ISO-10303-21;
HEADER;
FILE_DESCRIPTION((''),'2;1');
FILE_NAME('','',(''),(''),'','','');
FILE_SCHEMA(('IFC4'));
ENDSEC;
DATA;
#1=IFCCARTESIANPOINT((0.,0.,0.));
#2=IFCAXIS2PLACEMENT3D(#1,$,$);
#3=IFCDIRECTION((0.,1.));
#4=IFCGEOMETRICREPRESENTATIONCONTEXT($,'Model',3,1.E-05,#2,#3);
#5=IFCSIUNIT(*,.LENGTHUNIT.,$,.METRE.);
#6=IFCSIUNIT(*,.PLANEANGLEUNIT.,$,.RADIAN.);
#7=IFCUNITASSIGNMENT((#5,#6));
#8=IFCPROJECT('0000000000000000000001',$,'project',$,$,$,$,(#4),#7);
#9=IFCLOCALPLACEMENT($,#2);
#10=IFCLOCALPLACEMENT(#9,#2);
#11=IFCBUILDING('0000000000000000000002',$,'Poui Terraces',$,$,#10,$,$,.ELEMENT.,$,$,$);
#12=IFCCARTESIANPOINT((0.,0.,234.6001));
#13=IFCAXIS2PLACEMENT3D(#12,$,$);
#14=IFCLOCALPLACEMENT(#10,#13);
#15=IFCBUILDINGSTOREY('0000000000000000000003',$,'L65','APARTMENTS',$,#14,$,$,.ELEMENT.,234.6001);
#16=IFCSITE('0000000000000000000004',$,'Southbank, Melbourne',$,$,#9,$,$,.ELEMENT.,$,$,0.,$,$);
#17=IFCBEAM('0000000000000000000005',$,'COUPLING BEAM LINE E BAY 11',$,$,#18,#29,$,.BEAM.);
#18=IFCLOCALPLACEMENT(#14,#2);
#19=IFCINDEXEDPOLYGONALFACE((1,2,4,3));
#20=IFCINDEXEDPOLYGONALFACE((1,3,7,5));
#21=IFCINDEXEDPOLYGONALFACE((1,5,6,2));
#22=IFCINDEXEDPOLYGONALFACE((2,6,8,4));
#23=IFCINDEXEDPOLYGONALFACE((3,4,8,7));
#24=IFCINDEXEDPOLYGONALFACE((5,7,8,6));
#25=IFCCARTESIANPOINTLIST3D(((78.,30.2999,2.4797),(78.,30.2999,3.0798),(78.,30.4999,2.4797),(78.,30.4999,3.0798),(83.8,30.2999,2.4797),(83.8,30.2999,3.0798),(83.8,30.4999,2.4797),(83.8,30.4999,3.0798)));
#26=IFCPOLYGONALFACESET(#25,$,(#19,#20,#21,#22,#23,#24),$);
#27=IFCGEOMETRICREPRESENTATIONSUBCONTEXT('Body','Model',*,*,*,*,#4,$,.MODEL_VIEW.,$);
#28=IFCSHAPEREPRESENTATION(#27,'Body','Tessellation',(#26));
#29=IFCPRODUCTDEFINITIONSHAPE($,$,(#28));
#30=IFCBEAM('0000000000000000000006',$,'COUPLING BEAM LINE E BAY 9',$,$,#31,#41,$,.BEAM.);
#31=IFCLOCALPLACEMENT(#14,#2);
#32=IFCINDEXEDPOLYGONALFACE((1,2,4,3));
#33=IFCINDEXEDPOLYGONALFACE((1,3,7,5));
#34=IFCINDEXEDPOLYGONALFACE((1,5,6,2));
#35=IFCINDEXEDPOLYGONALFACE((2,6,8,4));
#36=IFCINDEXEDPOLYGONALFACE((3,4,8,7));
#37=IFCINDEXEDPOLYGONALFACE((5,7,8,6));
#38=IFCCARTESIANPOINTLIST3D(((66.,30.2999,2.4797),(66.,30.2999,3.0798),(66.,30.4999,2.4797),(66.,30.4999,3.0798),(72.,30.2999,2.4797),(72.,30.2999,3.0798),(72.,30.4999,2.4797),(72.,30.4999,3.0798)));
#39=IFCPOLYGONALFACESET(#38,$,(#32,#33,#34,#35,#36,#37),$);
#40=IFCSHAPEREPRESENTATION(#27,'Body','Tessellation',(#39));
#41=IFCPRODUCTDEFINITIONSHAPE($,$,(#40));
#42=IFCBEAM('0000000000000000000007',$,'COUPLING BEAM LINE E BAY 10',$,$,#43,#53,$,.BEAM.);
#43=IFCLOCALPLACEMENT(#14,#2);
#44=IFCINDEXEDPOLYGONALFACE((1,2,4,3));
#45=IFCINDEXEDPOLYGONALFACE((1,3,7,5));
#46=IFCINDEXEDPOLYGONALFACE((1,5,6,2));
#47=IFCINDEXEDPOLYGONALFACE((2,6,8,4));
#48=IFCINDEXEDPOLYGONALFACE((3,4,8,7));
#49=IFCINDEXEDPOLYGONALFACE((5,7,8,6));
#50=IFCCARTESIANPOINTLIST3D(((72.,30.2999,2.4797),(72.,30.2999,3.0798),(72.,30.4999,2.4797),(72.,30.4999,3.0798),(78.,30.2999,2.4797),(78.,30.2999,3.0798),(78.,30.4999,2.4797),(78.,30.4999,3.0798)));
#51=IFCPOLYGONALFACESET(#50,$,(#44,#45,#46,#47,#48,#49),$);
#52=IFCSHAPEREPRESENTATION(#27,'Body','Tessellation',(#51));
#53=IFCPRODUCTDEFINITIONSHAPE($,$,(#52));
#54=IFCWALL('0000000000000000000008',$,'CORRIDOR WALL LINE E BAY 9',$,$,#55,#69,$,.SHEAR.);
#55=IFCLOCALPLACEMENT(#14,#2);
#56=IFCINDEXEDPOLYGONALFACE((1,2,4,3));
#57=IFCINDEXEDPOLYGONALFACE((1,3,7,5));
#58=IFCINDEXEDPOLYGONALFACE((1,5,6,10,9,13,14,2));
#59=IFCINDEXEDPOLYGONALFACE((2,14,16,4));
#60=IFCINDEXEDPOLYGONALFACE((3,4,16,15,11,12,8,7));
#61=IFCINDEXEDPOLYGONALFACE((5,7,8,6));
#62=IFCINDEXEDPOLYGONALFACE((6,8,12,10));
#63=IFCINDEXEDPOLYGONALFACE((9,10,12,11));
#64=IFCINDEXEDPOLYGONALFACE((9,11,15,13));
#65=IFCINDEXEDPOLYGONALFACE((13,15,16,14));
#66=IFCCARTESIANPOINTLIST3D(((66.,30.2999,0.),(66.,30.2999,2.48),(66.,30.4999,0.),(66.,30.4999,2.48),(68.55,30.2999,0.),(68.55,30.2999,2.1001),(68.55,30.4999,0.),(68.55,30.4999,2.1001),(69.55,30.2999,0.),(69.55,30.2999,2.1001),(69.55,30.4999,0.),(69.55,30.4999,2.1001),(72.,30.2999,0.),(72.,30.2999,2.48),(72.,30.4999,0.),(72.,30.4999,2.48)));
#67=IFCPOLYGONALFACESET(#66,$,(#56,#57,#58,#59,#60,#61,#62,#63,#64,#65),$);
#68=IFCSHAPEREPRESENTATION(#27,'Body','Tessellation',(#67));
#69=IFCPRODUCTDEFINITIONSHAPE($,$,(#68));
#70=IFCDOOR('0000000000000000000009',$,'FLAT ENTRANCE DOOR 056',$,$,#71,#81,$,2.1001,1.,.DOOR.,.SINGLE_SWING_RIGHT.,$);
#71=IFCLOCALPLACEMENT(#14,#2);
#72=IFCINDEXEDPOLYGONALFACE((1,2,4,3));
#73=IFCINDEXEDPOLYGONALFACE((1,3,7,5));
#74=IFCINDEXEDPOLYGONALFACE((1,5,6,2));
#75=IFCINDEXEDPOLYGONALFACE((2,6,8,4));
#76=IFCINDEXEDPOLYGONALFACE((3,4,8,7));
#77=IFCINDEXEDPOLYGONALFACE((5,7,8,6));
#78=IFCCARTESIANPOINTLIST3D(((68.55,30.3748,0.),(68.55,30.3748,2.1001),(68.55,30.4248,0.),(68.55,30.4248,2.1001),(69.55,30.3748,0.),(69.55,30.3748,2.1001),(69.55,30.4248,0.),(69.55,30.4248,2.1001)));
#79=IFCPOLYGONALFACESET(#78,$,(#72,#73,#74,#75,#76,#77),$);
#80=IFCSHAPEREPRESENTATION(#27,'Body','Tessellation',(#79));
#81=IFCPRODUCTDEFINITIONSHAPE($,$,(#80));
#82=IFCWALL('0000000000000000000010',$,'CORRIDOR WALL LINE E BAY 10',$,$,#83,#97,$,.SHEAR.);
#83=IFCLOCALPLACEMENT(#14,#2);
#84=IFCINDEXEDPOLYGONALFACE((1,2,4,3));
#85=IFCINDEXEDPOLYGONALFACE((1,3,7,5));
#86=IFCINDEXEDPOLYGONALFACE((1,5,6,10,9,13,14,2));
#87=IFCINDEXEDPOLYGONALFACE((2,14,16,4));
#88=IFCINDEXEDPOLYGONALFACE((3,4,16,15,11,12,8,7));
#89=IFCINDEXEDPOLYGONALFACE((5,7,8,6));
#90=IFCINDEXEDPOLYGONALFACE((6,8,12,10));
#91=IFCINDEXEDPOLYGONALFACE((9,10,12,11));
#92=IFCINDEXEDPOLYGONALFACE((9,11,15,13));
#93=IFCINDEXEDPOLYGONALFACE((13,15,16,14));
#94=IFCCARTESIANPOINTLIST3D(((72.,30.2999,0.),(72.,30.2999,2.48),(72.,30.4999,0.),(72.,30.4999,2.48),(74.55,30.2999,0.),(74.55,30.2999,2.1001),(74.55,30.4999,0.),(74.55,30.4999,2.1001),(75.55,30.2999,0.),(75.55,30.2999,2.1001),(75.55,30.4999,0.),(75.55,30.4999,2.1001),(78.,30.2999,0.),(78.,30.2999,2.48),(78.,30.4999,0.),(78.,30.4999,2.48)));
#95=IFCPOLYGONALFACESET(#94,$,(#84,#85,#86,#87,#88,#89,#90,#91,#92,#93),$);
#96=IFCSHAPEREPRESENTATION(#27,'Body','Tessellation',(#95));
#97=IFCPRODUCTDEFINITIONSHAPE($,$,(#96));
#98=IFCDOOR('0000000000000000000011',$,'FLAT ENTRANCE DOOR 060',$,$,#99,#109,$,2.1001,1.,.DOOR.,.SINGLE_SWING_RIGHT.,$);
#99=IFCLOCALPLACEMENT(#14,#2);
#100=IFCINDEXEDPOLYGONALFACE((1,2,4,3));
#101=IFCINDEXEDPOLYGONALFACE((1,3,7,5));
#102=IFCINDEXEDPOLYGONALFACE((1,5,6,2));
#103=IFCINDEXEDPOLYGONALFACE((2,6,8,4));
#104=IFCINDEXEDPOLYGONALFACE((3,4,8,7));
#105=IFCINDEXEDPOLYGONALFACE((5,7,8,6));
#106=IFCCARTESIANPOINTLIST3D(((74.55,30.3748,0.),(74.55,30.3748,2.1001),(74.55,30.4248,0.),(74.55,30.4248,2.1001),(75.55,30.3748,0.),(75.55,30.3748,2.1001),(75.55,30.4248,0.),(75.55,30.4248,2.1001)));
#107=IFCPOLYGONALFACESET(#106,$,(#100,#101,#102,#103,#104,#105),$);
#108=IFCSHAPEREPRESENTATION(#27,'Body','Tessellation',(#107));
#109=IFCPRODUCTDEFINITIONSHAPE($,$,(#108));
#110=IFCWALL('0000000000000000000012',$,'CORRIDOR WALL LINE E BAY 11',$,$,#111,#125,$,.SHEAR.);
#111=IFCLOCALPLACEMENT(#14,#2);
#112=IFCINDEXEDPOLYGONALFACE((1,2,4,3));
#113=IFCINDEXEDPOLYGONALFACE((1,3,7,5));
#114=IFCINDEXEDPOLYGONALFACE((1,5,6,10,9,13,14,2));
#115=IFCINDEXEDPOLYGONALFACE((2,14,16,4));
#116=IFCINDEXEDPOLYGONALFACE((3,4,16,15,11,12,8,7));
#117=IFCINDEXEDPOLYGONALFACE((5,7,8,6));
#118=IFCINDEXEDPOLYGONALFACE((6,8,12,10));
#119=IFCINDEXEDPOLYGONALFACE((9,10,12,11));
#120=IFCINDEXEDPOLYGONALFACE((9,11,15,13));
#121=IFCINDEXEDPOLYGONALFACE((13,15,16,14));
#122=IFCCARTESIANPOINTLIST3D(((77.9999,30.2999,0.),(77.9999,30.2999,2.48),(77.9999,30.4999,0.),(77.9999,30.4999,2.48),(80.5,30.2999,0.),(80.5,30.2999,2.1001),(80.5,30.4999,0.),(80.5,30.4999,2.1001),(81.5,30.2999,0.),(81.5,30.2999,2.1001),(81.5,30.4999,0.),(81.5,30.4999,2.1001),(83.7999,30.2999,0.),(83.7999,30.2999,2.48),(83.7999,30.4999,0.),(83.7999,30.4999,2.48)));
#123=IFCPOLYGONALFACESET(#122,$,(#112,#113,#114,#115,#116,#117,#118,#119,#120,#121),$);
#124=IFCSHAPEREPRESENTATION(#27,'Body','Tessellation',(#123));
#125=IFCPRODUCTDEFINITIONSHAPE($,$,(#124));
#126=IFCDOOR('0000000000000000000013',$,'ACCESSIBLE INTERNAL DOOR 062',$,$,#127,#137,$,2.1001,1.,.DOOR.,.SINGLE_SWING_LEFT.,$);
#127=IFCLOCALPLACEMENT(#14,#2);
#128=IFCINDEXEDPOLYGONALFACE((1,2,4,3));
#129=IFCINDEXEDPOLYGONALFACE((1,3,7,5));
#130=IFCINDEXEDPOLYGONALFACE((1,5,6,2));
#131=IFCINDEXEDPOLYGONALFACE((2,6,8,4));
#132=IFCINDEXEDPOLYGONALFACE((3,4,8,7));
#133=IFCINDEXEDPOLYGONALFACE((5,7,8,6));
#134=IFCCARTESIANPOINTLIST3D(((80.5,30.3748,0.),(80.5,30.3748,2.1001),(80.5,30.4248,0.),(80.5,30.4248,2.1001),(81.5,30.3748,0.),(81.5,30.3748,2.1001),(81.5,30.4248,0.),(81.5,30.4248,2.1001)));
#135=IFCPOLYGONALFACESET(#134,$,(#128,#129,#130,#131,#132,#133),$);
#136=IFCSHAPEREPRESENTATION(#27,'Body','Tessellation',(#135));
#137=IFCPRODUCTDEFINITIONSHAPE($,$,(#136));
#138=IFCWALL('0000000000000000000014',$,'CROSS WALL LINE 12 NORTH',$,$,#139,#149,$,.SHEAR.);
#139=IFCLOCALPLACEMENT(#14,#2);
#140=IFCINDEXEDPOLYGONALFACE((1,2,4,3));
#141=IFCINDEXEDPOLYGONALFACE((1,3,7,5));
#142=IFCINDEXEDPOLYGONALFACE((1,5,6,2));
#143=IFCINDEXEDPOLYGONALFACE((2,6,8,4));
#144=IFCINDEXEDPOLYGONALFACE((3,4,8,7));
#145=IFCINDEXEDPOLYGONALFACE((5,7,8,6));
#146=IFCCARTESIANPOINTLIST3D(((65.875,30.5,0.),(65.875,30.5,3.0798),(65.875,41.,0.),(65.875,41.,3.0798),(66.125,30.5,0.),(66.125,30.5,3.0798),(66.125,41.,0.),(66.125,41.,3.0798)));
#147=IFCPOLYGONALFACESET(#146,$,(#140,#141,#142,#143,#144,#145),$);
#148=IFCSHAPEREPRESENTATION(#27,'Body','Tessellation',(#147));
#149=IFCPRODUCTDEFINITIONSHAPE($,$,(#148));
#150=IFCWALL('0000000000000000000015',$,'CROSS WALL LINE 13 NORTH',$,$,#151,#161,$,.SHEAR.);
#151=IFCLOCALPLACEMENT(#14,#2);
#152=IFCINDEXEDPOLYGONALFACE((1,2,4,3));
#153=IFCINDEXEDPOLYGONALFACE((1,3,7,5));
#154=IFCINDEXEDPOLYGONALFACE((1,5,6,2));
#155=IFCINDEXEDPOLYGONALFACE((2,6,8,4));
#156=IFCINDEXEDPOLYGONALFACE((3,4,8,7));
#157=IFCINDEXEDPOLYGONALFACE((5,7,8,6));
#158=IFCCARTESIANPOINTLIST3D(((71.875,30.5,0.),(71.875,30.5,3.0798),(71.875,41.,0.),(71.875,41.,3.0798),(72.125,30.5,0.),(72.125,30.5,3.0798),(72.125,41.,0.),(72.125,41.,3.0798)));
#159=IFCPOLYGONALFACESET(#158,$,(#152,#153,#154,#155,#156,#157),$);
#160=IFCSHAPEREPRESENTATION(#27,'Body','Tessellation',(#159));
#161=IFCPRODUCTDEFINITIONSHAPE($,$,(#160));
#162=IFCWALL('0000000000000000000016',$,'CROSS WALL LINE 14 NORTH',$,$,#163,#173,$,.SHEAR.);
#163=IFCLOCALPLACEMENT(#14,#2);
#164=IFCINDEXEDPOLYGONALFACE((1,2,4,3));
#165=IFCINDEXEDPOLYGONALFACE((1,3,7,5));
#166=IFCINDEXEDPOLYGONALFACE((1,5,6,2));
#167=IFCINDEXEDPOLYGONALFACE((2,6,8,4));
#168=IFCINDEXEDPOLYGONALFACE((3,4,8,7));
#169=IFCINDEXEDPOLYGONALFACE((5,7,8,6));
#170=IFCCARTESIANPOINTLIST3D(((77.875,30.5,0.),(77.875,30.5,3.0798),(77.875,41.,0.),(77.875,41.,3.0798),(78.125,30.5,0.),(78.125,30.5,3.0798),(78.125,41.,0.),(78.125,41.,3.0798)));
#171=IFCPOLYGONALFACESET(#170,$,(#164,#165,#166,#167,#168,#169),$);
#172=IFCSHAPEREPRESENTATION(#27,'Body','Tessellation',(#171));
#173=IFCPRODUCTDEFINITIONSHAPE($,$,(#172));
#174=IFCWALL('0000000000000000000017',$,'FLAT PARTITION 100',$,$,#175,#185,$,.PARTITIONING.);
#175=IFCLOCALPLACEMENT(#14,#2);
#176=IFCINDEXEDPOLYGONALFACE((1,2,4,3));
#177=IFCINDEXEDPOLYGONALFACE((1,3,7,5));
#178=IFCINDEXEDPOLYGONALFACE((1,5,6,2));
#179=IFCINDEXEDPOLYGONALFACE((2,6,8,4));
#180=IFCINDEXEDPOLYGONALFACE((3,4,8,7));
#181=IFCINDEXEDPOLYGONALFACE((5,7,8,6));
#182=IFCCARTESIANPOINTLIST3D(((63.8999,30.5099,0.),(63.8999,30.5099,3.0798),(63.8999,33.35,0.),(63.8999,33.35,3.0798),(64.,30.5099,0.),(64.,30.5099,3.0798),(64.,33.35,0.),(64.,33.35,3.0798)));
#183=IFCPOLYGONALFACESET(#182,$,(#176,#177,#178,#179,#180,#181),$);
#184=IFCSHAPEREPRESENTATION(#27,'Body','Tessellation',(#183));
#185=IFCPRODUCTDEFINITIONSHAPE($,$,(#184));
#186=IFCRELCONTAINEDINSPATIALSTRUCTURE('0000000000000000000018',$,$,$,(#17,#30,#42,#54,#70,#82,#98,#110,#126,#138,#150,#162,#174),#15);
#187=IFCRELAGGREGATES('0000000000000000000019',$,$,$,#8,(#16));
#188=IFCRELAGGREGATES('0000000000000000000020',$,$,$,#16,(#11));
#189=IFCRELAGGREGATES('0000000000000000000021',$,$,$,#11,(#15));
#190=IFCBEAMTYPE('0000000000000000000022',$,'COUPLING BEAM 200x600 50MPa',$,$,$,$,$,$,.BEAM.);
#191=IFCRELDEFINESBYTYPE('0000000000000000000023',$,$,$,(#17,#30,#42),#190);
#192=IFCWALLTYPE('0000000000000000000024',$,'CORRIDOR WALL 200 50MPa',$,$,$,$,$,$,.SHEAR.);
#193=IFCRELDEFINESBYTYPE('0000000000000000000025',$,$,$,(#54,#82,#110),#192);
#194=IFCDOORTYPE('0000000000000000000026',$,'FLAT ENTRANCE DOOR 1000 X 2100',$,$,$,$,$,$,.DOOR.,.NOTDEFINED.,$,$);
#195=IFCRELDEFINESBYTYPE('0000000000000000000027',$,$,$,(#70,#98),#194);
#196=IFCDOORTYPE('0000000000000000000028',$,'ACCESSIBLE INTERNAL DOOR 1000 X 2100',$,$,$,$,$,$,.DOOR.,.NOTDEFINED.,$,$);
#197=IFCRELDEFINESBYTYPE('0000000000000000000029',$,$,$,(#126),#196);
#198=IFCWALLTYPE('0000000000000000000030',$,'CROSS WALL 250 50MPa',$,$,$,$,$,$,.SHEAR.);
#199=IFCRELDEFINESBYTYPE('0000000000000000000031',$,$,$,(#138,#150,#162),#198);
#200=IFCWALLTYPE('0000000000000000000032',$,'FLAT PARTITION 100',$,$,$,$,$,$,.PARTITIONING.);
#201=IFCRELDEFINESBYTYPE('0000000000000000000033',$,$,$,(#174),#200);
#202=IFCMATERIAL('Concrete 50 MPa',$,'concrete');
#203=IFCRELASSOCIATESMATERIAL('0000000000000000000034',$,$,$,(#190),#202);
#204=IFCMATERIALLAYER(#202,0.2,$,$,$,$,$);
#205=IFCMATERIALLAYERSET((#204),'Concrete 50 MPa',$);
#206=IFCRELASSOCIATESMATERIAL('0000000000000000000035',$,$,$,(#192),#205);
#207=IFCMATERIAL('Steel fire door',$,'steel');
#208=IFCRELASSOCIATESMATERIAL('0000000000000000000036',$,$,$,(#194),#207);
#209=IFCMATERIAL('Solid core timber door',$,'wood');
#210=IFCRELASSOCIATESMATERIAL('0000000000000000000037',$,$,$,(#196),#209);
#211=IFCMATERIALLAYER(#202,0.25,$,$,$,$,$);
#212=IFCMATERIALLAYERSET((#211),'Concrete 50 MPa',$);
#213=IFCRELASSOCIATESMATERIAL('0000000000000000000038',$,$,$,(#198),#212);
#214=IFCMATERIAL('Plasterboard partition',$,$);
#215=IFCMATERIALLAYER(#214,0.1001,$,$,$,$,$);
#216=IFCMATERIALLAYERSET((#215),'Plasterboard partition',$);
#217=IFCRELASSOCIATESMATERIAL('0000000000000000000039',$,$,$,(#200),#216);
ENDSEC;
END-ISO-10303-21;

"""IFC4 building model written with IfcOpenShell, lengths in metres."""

from ifc_helpers import new_model, si_unit, direction, frame, frame_2d, origin, origin_2d, place, context, subcontext, project, spatial, rectangle, extrude, source, transform, mapped, material, layer, layer_set, material_profile, profile_set, type_object, element, fill, save


model = new_model("IFC4")

# Units and contexts
model_context = context("Model", 3, precision=1e-05, world=origin(), true_north=direction((0.0, 1.0)))
body_context = subcontext(model_context, "Body", "Model", "MODEL_VIEW")
ifc_project = project(units=[si_unit("LENGTHUNIT", "METRE"), si_unit("PLANEANGLEUNIT", "RADIAN")], contexts=[model_context])

# Site, building, storey
site_placement = place(None, origin())
site = spatial("IfcSite", under=ifc_project, at=site_placement, Name="Southbank, Melbourne", CompositionType="ELEMENT", RefElevation=0.0)
building_placement = place(site_placement, origin())
building = spatial("IfcBuilding", under=site, at=building_placement, Name="Poui Terraces", CompositionType="ELEMENT")
storey_placement = place(building_placement, frame((0.0, 0.0, 234.6001)))
storey = spatial("IfcBuildingStorey", under=building, at=storey_placement, Name="L65", Description="APARTMENTS", CompositionType="ELEMENT", Elevation=234.6001)

# Beams
ifc_material_1 = material(Name="Concrete 50 MPa", Category="concrete")
ifc_material_profile = material_profile(ifc_material_1, rectangle(XDim=0.2, YDim=0.6001, at=origin_2d()), Name="RC 200x600")
ifc_profile_set = profile_set([ifc_material_profile], Name="Concrete 50 MPa")
beam_type = type_object("IfcBeamType", Name="COUPLING BEAM 200x600 50MPa", PredefinedType="BEAM", material=ifc_profile_set)
shared_shape_1 = source(origin(), body_context, "Body", "SweptSolid", [
    extrude(rectangle(XDim=0.2, YDim=0.6001, at=origin_2d()), origin(), (0.0, 0.0, 1.0), 5.8),
])
beam_placement = place(storey_placement, frame((78.0, 30.3999, 2.7798), z_axis=(1.0, 0.0, 0.0), x_axis=(0.0, 1.0, 0.0)))
element("IfcBeam", 1, at=beam_placement, inside=storey, type_object=beam_type, Name="COUPLING BEAM LINE E BAY 11", PredefinedType="BEAM", context=body_context, shape_type="MappedRepresentation", body=[
    mapped(shared_shape_1, transform((0.0, 0.0, 0.0))),
])
shared_shape_2 = source(origin(), body_context, "Body", "SweptSolid", [
    extrude(rectangle(XDim=0.2, YDim=0.6001, at=origin_2d()), origin(), (0.0, 0.0, 1.0), 6.0),
])
for number, where, z_axis, x_axis, name in (
    (2, (66.0, 30.3999, 2.7798), (1.0, 0.0, 0.0), (0.0, 1.0, 0.0), "COUPLING BEAM LINE E BAY 9"),
    (3, (72.0, 30.3999, 2.7798), (1.0, 0.0, 0.0), (0.0, 1.0, 0.0), "COUPLING BEAM LINE E BAY 10"),
):
    element("IfcBeam", number, at=place(storey_placement, frame(where, z_axis=z_axis, x_axis=x_axis)), inside=storey, type_object=beam_type, Name=name, PredefinedType="BEAM", context=body_context, shape_type="MappedRepresentation", body=[
        mapped(shared_shape_2, transform((0.0, 0.0, 0.0))),
    ])

# Walls, openings, doors
ifc_layer_1 = layer(ifc_material_1, 0.2)
ifc_layer_set_1 = layer_set([ifc_layer_1], Name="Concrete 50 MPa")
wall_type_1 = type_object("IfcWallType", Name="CORRIDOR WALL 200 50MPa", PredefinedType="SHEAR", material=ifc_layer_set_1)
wall_1_placement = place(storey_placement, frame((66.0, 30.3999, 0.0), z_axis=(0.0, 0.0, 1.0), x_axis=(1.0, 0.0, 0.0)))
wall_1 = element("IfcWall", 4, at=wall_1_placement, inside=storey, type_object=wall_type_1, Name="CORRIDOR WALL LINE E BAY 9", PredefinedType="SHEAR", context=body_context, shape_type="SweptSolid", body=[
    extrude(rectangle(XDim=6.0, YDim=0.2, at=frame_2d((3.0, 0.0))), origin(), (0.0, 0.0, 1.0), 2.48),
])
opening_1_placement = place(wall_1_placement, frame((2.55, 0.0, 0.0)))
opening_1 = element("IfcOpeningElement", 5, at=opening_1_placement, cuts=wall_1, PredefinedType="OPENING", context=body_context, shape_type="SweptSolid", body=[
    extrude(rectangle(XDim=1.0, YDim=2.1001, at=frame_2d((0.5, 1.05))), frame((0.0, 0.1099, 0.0), z_axis=(0.0, -1.0, 0.0), x_axis=(1.0, 0.0, 0.0)), (0.0, 0.0, 1.0), 0.22),
])
ifc_material_2 = material(Name="Steel fire door", Category="steel")
door_type_1 = type_object("IfcDoorType", Name="FLAT ENTRANCE DOOR 1000 X 2100", OperationType="NOTDEFINED", PredefinedType="DOOR", material=ifc_material_2)
door_1_placement = place(opening_1_placement, origin())
door_1 = element("IfcDoor", 6, at=door_1_placement, inside=storey, type_object=door_type_1, Name="FLAT ENTRANCE DOOR 056", OperationType="SINGLE_SWING_RIGHT", OverallHeight=2.1001, OverallWidth=1.0, PredefinedType="DOOR", context=body_context, shape_type="SweptSolid", body=[
    extrude(rectangle(XDim=1.0, YDim=2.1001, at=frame_2d((0.5, 1.05))), frame((0.0, 0.0249, 0.0), z_axis=(0.0, -1.0, 0.0), x_axis=(1.0, 0.0, 0.0)), (0.0, 0.0, 1.0), 0.05),
])
fill(opening_1, door_1)
wall_2_placement = place(storey_placement, frame((72.0, 30.3999, 0.0), z_axis=(0.0, 0.0, 1.0), x_axis=(1.0, 0.0, 0.0)))
wall_2 = element("IfcWall", 7, at=wall_2_placement, inside=storey, type_object=wall_type_1, Name="CORRIDOR WALL LINE E BAY 10", PredefinedType="SHEAR", context=body_context, shape_type="SweptSolid", body=[
    extrude(rectangle(XDim=6.0, YDim=0.2, at=frame_2d((3.0, 0.0))), origin(), (0.0, 0.0, 1.0), 2.48),
])
opening_2_placement = place(wall_2_placement, frame((2.55, 0.0, 0.0)))
opening_2 = element("IfcOpeningElement", 8, at=opening_2_placement, cuts=wall_2, PredefinedType="OPENING", context=body_context, shape_type="SweptSolid", body=[
    extrude(rectangle(XDim=1.0, YDim=2.1001, at=frame_2d((0.5, 1.05))), frame((0.0, 0.1099, 0.0), z_axis=(0.0, -1.0, 0.0), x_axis=(1.0, 0.0, 0.0)), (0.0, 0.0, 1.0), 0.22),
])
door_2_placement = place(opening_2_placement, origin())
door_2 = element("IfcDoor", 9, at=door_2_placement, inside=storey, type_object=door_type_1, Name="FLAT ENTRANCE DOOR 060", OperationType="SINGLE_SWING_RIGHT", OverallHeight=2.1001, OverallWidth=1.0, PredefinedType="DOOR", context=body_context, shape_type="SweptSolid", body=[
    extrude(rectangle(XDim=1.0, YDim=2.1001, at=frame_2d((0.5, 1.05))), frame((0.0, 0.0249, 0.0), z_axis=(0.0, -1.0, 0.0), x_axis=(1.0, 0.0, 0.0)), (0.0, 0.0, 1.0), 0.05),
])
fill(opening_2, door_2)
wall_3_placement = place(storey_placement, frame((78.0, 30.3999, 0.0), z_axis=(0.0, 0.0, 1.0), x_axis=(1.0, 0.0, 0.0)))
wall_3 = element("IfcWall", 10, at=wall_3_placement, inside=storey, type_object=wall_type_1, Name="CORRIDOR WALL LINE E BAY 11", PredefinedType="SHEAR", context=body_context, shape_type="SweptSolid", body=[
    extrude(rectangle(XDim=5.8, YDim=0.2, at=frame_2d((2.8999, 0.0))), origin(), (0.0, 0.0, 1.0), 2.48),
])
opening_3_placement = place(wall_3_placement, frame((2.5, 0.0, 0.0)))
opening_3 = element("IfcOpeningElement", 11, at=opening_3_placement, cuts=wall_3, PredefinedType="OPENING", context=body_context, shape_type="SweptSolid", body=[
    extrude(rectangle(XDim=1.0, YDim=2.1001, at=frame_2d((0.5, 1.05))), frame((0.0, 0.1099, 0.0), z_axis=(0.0, -1.0, 0.0), x_axis=(1.0, 0.0, 0.0)), (0.0, 0.0, 1.0), 0.22),
])
ifc_material_3 = material(Name="Solid core timber door", Category="wood")
door_type_2 = type_object("IfcDoorType", Name="ACCESSIBLE INTERNAL DOOR 1000 X 2100", OperationType="NOTDEFINED", PredefinedType="DOOR", material=ifc_material_3)
door_3_placement = place(opening_3_placement, origin())
door_3 = element("IfcDoor", 12, at=door_3_placement, inside=storey, type_object=door_type_2, Name="ACCESSIBLE INTERNAL DOOR 062", OperationType="SINGLE_SWING_LEFT", OverallHeight=2.1001, OverallWidth=1.0, PredefinedType="DOOR", context=body_context, shape_type="SweptSolid", body=[
    extrude(rectangle(XDim=1.0, YDim=2.1001, at=frame_2d((0.5, 1.05))), frame((0.0, 0.0249, 0.0), z_axis=(0.0, -1.0, 0.0), x_axis=(1.0, 0.0, 0.0)), (0.0, 0.0, 1.0), 0.05),
])
fill(opening_3, door_3)

# Walls
ifc_layer_2 = layer(ifc_material_1, 0.25)
ifc_layer_set_2 = layer_set([ifc_layer_2], Name="Concrete 50 MPa")
wall_type_2 = type_object("IfcWallType", Name="CROSS WALL 250 50MPa", PredefinedType="SHEAR", material=ifc_layer_set_2)
for number, where, z_axis, x_axis, name in (
    (13, (66.0, 30.5, 0.0), (0.0, 0.0, 1.0), (0.0, 1.0, 0.0), "CROSS WALL LINE 12 NORTH"),
    (14, (72.0, 30.5, 0.0), (0.0, 0.0, 1.0), (0.0, 1.0, 0.0), "CROSS WALL LINE 13 NORTH"),
    (15, (78.0, 30.5, 0.0), (0.0, 0.0, 1.0), (0.0, 1.0, 0.0), "CROSS WALL LINE 14 NORTH"),
):
    element("IfcWall", number, at=place(storey_placement, frame(where, z_axis=z_axis, x_axis=x_axis)), inside=storey, type_object=wall_type_2, Name=name, PredefinedType="SHEAR", context=body_context, shape_type="SweptSolid", body=[
        extrude(rectangle(XDim=10.5, YDim=0.25, at=frame_2d((5.25, 0.0))), origin(), (0.0, 0.0, 1.0), 3.0798),
    ])
ifc_material_4 = material(Name="Plasterboard partition")
ifc_layer_3 = layer(ifc_material_4, 0.1001)
ifc_layer_set_3 = layer_set([ifc_layer_3], Name="Plasterboard partition")
wall_type_3 = type_object("IfcWallType", Name="FLAT PARTITION 100", PredefinedType="PARTITIONING", material=ifc_layer_set_3)
wall_4_placement = place(storey_placement, frame((63.95, 30.51, 0.0), z_axis=(0.0, 0.0, 1.0), x_axis=(0.0, 1.0, 0.0)))
element("IfcWall", 16, at=wall_4_placement, inside=storey, type_object=wall_type_3, Name="FLAT PARTITION 100", PredefinedType="PARTITIONING", context=body_context, shape_type="SweptSolid", body=[
    extrude(rectangle(XDim=2.8401, YDim=0.1001, at=frame_2d((1.4199, 0.0))), origin(), (0.0, 0.0, 1.0), 3.0798),
])

save(model, "model.ifc")
